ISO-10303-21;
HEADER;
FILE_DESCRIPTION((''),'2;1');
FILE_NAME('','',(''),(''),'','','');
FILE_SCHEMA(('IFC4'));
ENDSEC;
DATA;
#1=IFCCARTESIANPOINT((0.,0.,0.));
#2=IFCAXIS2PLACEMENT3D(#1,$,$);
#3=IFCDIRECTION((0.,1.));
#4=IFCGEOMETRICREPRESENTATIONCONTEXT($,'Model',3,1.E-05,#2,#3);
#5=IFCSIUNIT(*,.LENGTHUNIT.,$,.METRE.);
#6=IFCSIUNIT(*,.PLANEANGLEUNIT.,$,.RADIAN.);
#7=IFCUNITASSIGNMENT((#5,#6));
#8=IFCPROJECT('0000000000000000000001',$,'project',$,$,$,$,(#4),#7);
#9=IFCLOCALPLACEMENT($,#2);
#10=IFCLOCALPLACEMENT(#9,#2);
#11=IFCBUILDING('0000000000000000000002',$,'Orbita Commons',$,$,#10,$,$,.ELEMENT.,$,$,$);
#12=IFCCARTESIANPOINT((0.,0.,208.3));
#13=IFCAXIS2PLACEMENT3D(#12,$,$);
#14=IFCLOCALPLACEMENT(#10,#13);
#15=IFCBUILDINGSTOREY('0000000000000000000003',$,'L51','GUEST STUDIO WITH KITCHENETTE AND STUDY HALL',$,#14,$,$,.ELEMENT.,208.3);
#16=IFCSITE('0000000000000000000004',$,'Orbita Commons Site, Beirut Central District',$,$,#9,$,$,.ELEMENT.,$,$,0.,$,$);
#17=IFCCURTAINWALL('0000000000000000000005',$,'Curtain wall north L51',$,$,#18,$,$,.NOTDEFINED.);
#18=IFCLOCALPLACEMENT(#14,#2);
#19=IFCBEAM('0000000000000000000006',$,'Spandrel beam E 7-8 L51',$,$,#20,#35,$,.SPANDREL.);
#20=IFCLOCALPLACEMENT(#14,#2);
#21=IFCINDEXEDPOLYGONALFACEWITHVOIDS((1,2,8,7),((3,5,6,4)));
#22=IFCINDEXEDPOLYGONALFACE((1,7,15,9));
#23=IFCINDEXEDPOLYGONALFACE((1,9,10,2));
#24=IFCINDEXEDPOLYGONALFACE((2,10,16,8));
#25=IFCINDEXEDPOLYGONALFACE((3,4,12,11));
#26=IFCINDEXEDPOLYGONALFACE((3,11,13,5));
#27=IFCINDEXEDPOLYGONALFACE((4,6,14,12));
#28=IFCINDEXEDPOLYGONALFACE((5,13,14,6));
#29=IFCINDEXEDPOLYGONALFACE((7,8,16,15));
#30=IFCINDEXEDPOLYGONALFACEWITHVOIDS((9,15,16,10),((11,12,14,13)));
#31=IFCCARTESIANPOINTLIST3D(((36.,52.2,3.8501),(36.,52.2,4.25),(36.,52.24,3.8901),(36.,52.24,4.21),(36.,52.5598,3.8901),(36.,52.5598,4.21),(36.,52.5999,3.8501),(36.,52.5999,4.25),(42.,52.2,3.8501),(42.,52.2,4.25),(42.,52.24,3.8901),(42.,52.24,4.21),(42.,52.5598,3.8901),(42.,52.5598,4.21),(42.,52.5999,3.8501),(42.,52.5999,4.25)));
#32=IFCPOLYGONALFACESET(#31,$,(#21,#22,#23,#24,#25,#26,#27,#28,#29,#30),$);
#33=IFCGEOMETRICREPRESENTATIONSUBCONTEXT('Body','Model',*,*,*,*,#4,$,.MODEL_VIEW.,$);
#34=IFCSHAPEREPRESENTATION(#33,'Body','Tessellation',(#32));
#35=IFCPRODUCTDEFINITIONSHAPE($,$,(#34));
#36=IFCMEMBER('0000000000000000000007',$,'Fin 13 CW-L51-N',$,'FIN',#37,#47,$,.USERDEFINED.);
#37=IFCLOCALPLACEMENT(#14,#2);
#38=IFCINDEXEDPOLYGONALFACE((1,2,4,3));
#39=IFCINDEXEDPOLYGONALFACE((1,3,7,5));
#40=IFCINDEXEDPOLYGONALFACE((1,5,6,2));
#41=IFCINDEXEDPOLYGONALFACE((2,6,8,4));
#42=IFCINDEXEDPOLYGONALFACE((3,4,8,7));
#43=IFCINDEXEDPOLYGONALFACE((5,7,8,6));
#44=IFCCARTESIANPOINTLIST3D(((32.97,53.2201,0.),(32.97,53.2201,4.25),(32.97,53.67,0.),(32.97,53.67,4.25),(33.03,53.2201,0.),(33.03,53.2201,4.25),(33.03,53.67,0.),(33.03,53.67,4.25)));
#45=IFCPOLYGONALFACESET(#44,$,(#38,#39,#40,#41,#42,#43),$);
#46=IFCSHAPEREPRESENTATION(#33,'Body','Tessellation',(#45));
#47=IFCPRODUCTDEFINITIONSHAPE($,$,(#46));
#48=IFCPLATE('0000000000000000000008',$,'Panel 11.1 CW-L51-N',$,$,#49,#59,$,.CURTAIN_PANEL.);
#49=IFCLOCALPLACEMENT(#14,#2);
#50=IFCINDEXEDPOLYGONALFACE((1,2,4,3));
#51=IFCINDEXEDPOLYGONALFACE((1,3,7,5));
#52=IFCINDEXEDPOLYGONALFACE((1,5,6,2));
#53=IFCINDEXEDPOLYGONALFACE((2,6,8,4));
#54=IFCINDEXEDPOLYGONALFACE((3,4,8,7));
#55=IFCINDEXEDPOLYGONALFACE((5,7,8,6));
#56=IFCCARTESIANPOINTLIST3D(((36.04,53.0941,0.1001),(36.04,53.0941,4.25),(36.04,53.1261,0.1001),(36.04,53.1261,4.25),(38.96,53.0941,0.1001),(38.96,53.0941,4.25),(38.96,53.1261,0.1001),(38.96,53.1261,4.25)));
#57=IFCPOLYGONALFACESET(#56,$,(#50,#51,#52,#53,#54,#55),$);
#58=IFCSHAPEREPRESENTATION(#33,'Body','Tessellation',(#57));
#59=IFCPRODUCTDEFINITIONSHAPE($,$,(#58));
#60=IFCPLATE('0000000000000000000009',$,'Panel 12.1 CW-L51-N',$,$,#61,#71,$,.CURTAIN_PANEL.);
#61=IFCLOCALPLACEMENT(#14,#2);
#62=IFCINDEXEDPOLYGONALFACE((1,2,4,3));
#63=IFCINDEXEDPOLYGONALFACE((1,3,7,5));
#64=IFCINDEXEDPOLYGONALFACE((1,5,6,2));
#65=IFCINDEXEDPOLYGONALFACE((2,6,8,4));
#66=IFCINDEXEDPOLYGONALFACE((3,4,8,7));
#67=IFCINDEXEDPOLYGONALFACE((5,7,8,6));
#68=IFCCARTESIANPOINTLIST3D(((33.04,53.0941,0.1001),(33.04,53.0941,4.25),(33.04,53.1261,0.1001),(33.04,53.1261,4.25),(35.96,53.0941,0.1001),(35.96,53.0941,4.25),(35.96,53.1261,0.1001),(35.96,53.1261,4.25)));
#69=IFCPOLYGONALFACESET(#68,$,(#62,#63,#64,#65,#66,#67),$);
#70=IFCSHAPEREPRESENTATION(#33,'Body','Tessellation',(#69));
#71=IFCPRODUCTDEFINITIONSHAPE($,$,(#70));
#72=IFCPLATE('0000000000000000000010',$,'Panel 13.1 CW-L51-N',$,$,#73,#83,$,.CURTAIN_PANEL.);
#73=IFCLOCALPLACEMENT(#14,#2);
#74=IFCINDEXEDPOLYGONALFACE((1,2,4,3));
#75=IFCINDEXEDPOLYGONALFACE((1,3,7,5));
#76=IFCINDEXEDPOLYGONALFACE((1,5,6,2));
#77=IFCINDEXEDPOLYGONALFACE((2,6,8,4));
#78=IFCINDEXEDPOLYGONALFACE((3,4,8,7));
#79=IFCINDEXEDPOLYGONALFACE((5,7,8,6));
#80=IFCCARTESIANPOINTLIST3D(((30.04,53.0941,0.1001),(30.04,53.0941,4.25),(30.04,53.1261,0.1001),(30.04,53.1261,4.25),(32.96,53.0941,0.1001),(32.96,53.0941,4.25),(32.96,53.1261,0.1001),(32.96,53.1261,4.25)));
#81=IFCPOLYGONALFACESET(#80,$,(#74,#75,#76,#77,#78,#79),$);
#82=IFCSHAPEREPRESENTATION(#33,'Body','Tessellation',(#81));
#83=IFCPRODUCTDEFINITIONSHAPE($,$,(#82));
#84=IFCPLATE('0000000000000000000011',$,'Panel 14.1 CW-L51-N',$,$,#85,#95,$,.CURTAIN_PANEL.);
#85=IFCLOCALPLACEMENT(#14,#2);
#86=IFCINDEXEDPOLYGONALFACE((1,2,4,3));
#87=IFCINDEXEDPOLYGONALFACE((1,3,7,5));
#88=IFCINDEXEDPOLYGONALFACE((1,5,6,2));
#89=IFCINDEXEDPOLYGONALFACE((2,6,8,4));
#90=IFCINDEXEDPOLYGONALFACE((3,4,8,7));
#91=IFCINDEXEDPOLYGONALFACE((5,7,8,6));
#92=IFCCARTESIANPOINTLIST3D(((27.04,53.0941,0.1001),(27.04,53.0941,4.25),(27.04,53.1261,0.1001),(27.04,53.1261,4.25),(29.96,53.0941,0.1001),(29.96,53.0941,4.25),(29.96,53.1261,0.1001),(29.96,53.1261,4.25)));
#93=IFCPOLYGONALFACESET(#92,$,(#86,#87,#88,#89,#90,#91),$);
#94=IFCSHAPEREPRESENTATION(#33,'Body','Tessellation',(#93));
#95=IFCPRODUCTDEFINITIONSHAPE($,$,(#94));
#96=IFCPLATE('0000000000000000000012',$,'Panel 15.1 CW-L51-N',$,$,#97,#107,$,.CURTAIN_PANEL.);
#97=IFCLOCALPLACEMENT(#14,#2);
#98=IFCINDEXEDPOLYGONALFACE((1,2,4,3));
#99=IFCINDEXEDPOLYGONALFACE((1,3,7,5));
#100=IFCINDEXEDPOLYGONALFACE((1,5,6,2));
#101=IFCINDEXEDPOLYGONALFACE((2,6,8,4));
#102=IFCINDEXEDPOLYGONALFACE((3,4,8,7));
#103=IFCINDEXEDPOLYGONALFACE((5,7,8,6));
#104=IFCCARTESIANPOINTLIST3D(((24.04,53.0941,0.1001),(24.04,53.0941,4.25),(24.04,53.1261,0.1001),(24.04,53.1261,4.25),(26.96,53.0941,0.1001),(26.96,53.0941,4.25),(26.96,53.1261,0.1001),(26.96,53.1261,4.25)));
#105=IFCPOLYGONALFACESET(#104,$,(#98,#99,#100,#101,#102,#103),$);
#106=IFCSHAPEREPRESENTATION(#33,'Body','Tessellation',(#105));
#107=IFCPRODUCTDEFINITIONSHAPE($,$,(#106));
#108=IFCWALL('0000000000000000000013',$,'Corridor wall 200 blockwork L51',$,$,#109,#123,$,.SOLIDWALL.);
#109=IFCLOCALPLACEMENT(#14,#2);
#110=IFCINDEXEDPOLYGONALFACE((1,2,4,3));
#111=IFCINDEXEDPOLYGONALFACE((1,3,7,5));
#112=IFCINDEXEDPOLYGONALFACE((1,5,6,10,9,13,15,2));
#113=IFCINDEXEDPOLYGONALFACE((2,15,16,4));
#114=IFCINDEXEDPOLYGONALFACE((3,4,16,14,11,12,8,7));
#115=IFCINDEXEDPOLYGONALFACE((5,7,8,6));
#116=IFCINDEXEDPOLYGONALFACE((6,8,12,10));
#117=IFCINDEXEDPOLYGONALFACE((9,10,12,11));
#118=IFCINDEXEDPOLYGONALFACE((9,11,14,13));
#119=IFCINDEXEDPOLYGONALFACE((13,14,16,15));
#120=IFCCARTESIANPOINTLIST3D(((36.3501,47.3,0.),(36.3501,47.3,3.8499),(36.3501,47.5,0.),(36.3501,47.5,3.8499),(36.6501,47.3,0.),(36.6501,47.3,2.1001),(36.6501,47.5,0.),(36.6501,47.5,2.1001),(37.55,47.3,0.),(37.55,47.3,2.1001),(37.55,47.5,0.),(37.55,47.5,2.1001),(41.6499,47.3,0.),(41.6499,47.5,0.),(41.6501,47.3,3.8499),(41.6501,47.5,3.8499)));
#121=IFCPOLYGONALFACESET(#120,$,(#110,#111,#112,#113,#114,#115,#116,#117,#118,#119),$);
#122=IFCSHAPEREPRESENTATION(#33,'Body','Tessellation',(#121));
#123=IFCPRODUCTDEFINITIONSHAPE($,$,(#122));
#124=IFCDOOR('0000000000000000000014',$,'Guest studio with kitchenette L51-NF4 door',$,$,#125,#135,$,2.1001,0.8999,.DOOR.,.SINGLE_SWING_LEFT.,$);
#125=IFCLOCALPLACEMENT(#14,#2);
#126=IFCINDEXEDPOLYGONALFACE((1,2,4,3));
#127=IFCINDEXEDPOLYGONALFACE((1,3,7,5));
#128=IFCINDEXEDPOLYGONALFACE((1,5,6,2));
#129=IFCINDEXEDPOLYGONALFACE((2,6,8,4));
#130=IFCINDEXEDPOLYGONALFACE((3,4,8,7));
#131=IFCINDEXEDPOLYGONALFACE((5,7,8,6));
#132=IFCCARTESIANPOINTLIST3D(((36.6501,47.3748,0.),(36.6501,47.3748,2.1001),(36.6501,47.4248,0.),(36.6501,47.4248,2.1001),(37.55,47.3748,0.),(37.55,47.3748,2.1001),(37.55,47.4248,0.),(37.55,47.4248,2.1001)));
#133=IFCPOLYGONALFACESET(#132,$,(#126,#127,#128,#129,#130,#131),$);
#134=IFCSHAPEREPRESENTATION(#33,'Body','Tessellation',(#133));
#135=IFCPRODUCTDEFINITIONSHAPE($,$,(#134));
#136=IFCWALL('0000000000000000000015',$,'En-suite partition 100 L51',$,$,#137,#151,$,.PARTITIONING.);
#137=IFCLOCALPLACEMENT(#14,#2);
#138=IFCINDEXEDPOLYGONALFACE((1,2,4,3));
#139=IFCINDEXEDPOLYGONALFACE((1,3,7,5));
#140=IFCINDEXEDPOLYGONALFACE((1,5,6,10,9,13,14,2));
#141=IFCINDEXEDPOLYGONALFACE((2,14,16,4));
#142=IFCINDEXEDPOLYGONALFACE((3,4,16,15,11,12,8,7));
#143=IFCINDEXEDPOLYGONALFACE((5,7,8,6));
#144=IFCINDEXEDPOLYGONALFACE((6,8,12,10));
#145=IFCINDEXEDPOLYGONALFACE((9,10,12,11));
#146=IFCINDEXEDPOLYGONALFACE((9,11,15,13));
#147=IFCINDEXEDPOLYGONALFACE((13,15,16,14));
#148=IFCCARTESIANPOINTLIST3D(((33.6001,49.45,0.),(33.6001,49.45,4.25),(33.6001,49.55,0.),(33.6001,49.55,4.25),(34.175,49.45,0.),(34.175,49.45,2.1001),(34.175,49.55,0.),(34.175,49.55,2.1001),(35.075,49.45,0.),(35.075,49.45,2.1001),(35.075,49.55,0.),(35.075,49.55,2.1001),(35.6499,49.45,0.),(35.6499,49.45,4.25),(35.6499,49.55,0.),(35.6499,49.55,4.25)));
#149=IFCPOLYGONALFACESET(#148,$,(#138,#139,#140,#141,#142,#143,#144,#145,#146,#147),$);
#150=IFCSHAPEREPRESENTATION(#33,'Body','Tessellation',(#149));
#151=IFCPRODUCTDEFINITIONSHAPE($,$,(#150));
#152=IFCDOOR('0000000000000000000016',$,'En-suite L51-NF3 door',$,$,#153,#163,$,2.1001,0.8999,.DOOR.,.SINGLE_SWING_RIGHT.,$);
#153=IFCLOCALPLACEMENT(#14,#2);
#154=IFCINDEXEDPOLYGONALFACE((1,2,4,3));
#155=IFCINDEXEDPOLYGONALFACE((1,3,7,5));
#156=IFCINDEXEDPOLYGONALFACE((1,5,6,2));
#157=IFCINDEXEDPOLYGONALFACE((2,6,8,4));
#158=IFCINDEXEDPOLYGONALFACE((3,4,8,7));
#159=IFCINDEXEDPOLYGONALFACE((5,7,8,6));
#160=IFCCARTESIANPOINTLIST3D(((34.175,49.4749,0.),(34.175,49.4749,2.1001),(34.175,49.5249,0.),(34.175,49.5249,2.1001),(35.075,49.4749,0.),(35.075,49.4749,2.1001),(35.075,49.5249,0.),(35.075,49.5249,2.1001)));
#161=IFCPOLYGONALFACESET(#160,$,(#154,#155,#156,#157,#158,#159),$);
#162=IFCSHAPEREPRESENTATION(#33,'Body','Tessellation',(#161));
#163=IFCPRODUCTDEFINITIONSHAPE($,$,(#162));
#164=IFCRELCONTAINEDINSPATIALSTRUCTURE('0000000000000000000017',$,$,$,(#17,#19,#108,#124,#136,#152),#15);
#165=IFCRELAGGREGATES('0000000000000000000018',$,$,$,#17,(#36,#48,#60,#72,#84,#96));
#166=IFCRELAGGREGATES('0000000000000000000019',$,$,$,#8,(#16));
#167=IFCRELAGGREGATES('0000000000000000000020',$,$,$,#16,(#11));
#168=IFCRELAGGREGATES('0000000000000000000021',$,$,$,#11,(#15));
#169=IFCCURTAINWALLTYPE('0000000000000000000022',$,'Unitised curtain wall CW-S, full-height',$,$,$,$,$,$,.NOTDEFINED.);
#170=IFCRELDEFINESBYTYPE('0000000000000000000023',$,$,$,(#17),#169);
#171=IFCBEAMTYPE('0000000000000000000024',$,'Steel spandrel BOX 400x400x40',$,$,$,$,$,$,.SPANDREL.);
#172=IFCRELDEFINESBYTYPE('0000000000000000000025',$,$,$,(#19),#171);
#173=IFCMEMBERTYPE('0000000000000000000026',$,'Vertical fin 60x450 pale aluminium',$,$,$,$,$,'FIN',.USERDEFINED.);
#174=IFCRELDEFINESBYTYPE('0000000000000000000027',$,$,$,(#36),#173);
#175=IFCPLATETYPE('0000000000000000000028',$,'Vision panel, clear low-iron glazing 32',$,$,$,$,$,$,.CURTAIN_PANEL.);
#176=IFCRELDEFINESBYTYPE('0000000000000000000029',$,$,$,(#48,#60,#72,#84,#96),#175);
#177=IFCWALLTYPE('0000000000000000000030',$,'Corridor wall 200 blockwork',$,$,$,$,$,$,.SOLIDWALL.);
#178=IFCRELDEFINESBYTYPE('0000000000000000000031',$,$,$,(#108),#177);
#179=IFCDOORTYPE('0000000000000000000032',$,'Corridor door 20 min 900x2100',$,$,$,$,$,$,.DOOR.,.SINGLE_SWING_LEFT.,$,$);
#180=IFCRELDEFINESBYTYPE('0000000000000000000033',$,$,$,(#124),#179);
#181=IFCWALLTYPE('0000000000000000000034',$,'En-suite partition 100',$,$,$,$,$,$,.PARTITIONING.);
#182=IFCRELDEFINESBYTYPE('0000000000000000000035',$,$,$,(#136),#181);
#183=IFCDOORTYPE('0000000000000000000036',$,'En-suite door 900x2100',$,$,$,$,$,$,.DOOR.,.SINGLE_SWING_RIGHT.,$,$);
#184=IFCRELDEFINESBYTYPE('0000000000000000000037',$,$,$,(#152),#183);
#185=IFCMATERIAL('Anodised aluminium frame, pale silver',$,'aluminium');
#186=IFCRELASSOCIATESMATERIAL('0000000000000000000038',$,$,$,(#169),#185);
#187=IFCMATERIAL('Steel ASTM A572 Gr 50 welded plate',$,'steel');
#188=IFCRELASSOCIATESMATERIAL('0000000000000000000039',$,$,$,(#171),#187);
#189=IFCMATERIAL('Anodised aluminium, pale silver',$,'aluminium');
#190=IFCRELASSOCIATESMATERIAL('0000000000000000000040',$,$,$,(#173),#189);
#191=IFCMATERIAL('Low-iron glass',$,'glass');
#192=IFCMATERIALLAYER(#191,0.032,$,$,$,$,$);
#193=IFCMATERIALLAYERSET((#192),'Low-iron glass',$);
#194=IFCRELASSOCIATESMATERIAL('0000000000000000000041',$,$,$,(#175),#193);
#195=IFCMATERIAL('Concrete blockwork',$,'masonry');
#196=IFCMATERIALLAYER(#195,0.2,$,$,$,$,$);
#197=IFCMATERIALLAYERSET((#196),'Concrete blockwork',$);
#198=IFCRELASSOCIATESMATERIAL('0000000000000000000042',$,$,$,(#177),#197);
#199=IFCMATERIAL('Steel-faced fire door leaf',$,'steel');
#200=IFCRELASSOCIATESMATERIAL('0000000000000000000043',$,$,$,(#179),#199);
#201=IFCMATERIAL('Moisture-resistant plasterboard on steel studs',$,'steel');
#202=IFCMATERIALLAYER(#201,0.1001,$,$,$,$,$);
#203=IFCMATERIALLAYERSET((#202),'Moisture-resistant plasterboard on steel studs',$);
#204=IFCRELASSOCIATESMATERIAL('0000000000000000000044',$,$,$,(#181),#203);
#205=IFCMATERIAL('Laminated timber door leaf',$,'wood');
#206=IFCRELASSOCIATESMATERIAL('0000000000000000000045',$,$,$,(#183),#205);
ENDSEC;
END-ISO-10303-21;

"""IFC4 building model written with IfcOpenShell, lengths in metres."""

from ifc_helpers import new_model, si_unit, direction, frame, frame_2d, origin, origin_2d, place, context, subcontext, project, spatial, polyline, rectangle, hollow_rectangle, outline, extrude, material, layer, layer_set, material_profile, profile_set, type_object, element, fill, aggregate, save


model = new_model("IFC4")

# Units and contexts
model_context = context("Model", 3, precision=1e-05, world=origin(), true_north=direction((0.0, 1.0)))
body_context = subcontext(model_context, "Body", "Model", "MODEL_VIEW")
ifc_project = project(units=[si_unit("LENGTHUNIT", "METRE"), si_unit("PLANEANGLEUNIT", "RADIAN")], contexts=[model_context])

# Site, building, storey
site_placement = place(None, origin())
site = spatial("IfcSite", under=ifc_project, at=site_placement, Name="Orbita Commons Site, Beirut Central District", CompositionType="ELEMENT", RefElevation=0.0)
building_placement = place(site_placement, origin())
building = spatial("IfcBuilding", under=site, at=building_placement, Name="Orbita Commons", CompositionType="ELEMENT")
storey_placement = place(building_placement, frame((0.0, 0.0, 208.3)))
storey = spatial("IfcBuildingStorey", under=building, at=storey_placement, Name="L51", Description="GUEST STUDIO WITH KITCHENETTE AND STUDY HALL", CompositionType="ELEMENT", Elevation=208.3)

# Curtain wall
ifc_material_1 = material(Name="Anodised aluminium frame, pale silver", Category="aluminium")
curtain_wall_type = type_object("IfcCurtainWallType", Name="Unitised curtain wall CW-S, full-height", PredefinedType="NOTDEFINED", material=ifc_material_1)
curtain_wall_placement = place(storey_placement, origin())
curtain_wall = element("IfcCurtainWall", 1, at=curtain_wall_placement, inside=storey, type_object=curtain_wall_type, Name="Curtain wall north L51", PredefinedType="NOTDEFINED")

# Beam
ifc_material_2 = material(Name="Steel ASTM A572 Gr 50 welded plate", Category="steel")
ifc_material_profile_1 = material_profile(ifc_material_2, hollow_rectangle(XDim=0.3999, YDim=0.3999, WallThickness=0.04, at=origin_2d()), Name="BOX 400x400x40")
ifc_profile_set_1 = profile_set([ifc_material_profile_1], Name="Steel ASTM A572 Gr 50 welded plate")
beam_type = type_object("IfcBeamType", Name="Steel spandrel BOX 400x400x40", PredefinedType="SPANDREL", material=ifc_profile_set_1)
for number, where, z_axis, x_axis, name in (
    (2, (36.0, 52.3999, 4.05), (1.0, 0.0, 0.0), (0.0, 1.0, 0.0), "Spandrel beam E 7-8 L51"),
):
    element("IfcBeam", number, at=place(storey_placement, frame(where, z_axis=z_axis, x_axis=x_axis)), inside=storey, type_object=beam_type, Name=name, PredefinedType="SPANDREL", context=body_context, shape_type="SweptSolid", body=[
        extrude(hollow_rectangle(XDim=0.3999, YDim=0.3999, WallThickness=0.04, at=origin_2d()), origin(), (0.0, 0.0, 1.0), 6.0),
    ])

# Member
ifc_material_3 = material(Name="Anodised aluminium, pale silver", Category="aluminium")
ifc_material_profile_2 = material_profile(ifc_material_3, rectangle(XDim=0.0601, YDim=0.45, at=origin_2d()), Name="FIN 60x450")
ifc_profile_set_2 = profile_set([ifc_material_profile_2], Name="Anodised aluminium, pale silver")
member_type_1 = type_object("IfcMemberType", Name="Vertical fin 60x450 pale aluminium", ElementType="FIN", PredefinedType="USERDEFINED", material=ifc_profile_set_2)
member_1_placement = place(storey_placement, frame((33.0, 53.4451, 0.0), z_axis=(0.0, 0.0, 1.0), x_axis=(-1.0, 0.0, 0.0)))
member_1 = element("IfcMember", 3, at=member_1_placement, type_object=member_type_1, Name="Fin 13 CW-L51-N", ObjectType="FIN", PredefinedType="USERDEFINED", context=body_context, shape_type="SweptSolid", body=[
    extrude(rectangle(XDim=0.0601, YDim=0.45, at=origin_2d()), origin(), (0.0, 0.0, 1.0), 4.25),
])

# Plates
ifc_material_4 = material(Name="Low-iron glass", Category="glass")
ifc_layer_1 = layer(ifc_material_4, 0.032)
ifc_layer_set_1 = layer_set([ifc_layer_1], Name="Low-iron glass")
plate_type = type_object("IfcPlateType", Name="Vision panel, clear low-iron glazing 32", PredefinedType="CURTAIN_PANEL", material=ifc_layer_set_1)
plate_1_placement = place(storey_placement, frame((37.5, 53.1101, 0.1001), z_axis=(0.0, 0.0, 1.0), x_axis=(-1.0, 0.0, 0.0)))
plate_1 = element("IfcPlate", 4, at=plate_1_placement, type_object=plate_type, Name="Panel 11.1 CW-L51-N", PredefinedType="CURTAIN_PANEL", context=body_context, shape_type="SweptSolid", body=[
    extrude(rectangle(XDim=2.9199, YDim=0.032, at=origin_2d()), origin(), (0.0, 0.0, 1.0), 4.1499),
])
plate_2_placement = place(storey_placement, frame((34.5, 53.1101, 0.1001), z_axis=(0.0, 0.0, 1.0), x_axis=(-1.0, 0.0, 0.0)))
plate_2 = element("IfcPlate", 5, at=plate_2_placement, type_object=plate_type, Name="Panel 12.1 CW-L51-N", PredefinedType="CURTAIN_PANEL", context=body_context, shape_type="SweptSolid", body=[
    extrude(rectangle(XDim=2.9199, YDim=0.032, at=origin_2d()), origin(), (0.0, 0.0, 1.0), 4.1499),
])
plate_3_placement = place(storey_placement, frame((31.5, 53.1101, 0.1001), z_axis=(0.0, 0.0, 1.0), x_axis=(-1.0, 0.0, 0.0)))
plate_3 = element("IfcPlate", 6, at=plate_3_placement, type_object=plate_type, Name="Panel 13.1 CW-L51-N", PredefinedType="CURTAIN_PANEL", context=body_context, shape_type="SweptSolid", body=[
    extrude(rectangle(XDim=2.9199, YDim=0.032, at=origin_2d()), origin(), (0.0, 0.0, 1.0), 4.1499),
])
plate_4_placement = place(storey_placement, frame((28.5, 53.1101, 0.1001), z_axis=(0.0, 0.0, 1.0), x_axis=(-1.0, 0.0, 0.0)))
plate_4 = element("IfcPlate", 7, at=plate_4_placement, type_object=plate_type, Name="Panel 14.1 CW-L51-N", PredefinedType="CURTAIN_PANEL", context=body_context, shape_type="SweptSolid", body=[
    extrude(rectangle(XDim=2.9199, YDim=0.032, at=origin_2d()), origin(), (0.0, 0.0, 1.0), 4.1499),
])
plate_5_placement = place(storey_placement, frame((25.5, 53.1101, 0.1001), z_axis=(0.0, 0.0, 1.0), x_axis=(-1.0, 0.0, 0.0)))
plate_5 = element("IfcPlate", 8, at=plate_5_placement, type_object=plate_type, Name="Panel 15.1 CW-L51-N", PredefinedType="CURTAIN_PANEL", context=body_context, shape_type="SweptSolid", body=[
    extrude(rectangle(XDim=2.9199, YDim=0.032, at=origin_2d()), origin(), (0.0, 0.0, 1.0), 4.1499),
])
aggregate(curtain_wall, [member_1, plate_1, plate_2, plate_3, plate_4, plate_5])

# Walls, openings, doors
ifc_material_5 = material(Name="Concrete blockwork", Category="masonry")
ifc_layer_2 = layer(ifc_material_5, 0.2)
ifc_layer_set_2 = layer_set([ifc_layer_2], Name="Concrete blockwork")
wall_type_1 = type_object("IfcWallType", Name="Corridor wall 200 blockwork", PredefinedType="SOLIDWALL", material=ifc_layer_set_2)
wall_1_placement = place(storey_placement, frame((36.3501, 47.3999, 0.0), z_axis=(0.0, 0.0, 1.0), x_axis=(1.0, 0.0, 0.0)))
wall_1 = element("IfcWall", 9, at=wall_1_placement, inside=storey, type_object=wall_type_1, Name="Corridor wall 200 blockwork L51", PredefinedType="SOLIDWALL", context=body_context, shape_type="SweptSolid", body=[
    extrude(outline(polyline([(0.0, 0.0), (5.2998, 0.0), (5.3, 3.8499), (0.0, 3.8499), (0.0, 0.0)])), frame((0.0, 0.1001, 0.0), z_axis=(0.0, -1.0, 0.0), x_axis=(1.0, 0.0, 0.0)), (0.0, 0.0, 1.0), 0.2),
])
opening_1_placement = place(wall_1_placement, frame((0.3, 0.0, 0.0)))
opening_1 = element("IfcOpeningElement", 10, at=opening_1_placement, cuts=wall_1, PredefinedType="OPENING", context=body_context, shape_type="SweptSolid", body=[
    extrude(rectangle(XDim=0.8999, YDim=2.1001, at=frame_2d((0.45, 1.05))), frame((0.0, 0.1099, 0.0), z_axis=(0.0, -1.0, 0.0), x_axis=(1.0, 0.0, 0.0)), (0.0, 0.0, 1.0), 0.22),
])
ifc_material_6 = material(Name="Steel-faced fire door leaf", Category="steel")
door_type_1 = type_object("IfcDoorType", Name="Corridor door 20 min 900x2100", OperationType="SINGLE_SWING_LEFT", PredefinedType="DOOR", material=ifc_material_6)
door_1_placement = place(opening_1_placement, origin())
door_1 = element("IfcDoor", 11, at=door_1_placement, inside=storey, type_object=door_type_1, Name="Guest studio with kitchenette L51-NF4 door", OperationType="SINGLE_SWING_LEFT", OverallHeight=2.1001, OverallWidth=0.8999, PredefinedType="DOOR", context=body_context, shape_type="SweptSolid", body=[
    extrude(rectangle(XDim=0.8999, YDim=2.1001, at=frame_2d((0.45, 1.05))), frame((0.0, 0.0249, 0.0), z_axis=(0.0, -1.0, 0.0), x_axis=(1.0, 0.0, 0.0)), (0.0, 0.0, 1.0), 0.05),
])
fill(opening_1, door_1)
ifc_material_7 = material(Name="Moisture-resistant plasterboard on steel studs", Category="steel")
ifc_layer_3 = layer(ifc_material_7, 0.1001)
ifc_layer_set_3 = layer_set([ifc_layer_3], Name="Moisture-resistant plasterboard on steel studs")
wall_type_2 = type_object("IfcWallType", Name="En-suite partition 100", PredefinedType="PARTITIONING", material=ifc_layer_set_3)
wall_2_placement = place(storey_placement, frame((33.6001, 49.5, 0.0), z_axis=(0.0, 0.0, 1.0), x_axis=(1.0, 0.0, 0.0)))
wall_2 = element("IfcWall", 12, at=wall_2_placement, inside=storey, type_object=wall_type_2, Name="En-suite partition 100 L51", PredefinedType="PARTITIONING", context=body_context, shape_type="SweptSolid", body=[
    extrude(rectangle(XDim=2.0498, YDim=0.1001, at=frame_2d((1.0249, 0.0))), origin(), (0.0, 0.0, 1.0), 4.25),
])
opening_2_placement = place(wall_2_placement, frame((0.575, 0.0, 0.0)))
opening_2 = element("IfcOpeningElement", 13, at=opening_2_placement, cuts=wall_2, PredefinedType="OPENING", context=body_context, shape_type="SweptSolid", body=[
    extrude(rectangle(XDim=0.8999, YDim=2.1001, at=frame_2d((0.45, 1.05))), frame((0.0, 0.0601, 0.0), z_axis=(0.0, -1.0, 0.0), x_axis=(1.0, 0.0, 0.0)), (0.0, 0.0, 1.0), 0.1201),
])
ifc_material_8 = material(Name="Laminated timber door leaf", Category="wood")
door_type_2 = type_object("IfcDoorType", Name="En-suite door 900x2100", OperationType="SINGLE_SWING_RIGHT", PredefinedType="DOOR", material=ifc_material_8)
door_2_placement = place(opening_2_placement, origin())
door_2 = element("IfcDoor", 14, at=door_2_placement, inside=storey, type_object=door_type_2, Name="En-suite L51-NF3 door", OperationType="SINGLE_SWING_RIGHT", OverallHeight=2.1001, OverallWidth=0.8999, PredefinedType="DOOR", context=body_context, shape_type="SweptSolid", body=[
    extrude(rectangle(XDim=0.8999, YDim=2.1001, at=frame_2d((0.45, 1.05))), frame((0.0, 0.0249, 0.0), z_axis=(0.0, -1.0, 0.0), x_axis=(1.0, 0.0, 0.0)), (0.0, 0.0, 1.0), 0.05),
])
fill(opening_2, door_2)

save(model, "model.ifc")
